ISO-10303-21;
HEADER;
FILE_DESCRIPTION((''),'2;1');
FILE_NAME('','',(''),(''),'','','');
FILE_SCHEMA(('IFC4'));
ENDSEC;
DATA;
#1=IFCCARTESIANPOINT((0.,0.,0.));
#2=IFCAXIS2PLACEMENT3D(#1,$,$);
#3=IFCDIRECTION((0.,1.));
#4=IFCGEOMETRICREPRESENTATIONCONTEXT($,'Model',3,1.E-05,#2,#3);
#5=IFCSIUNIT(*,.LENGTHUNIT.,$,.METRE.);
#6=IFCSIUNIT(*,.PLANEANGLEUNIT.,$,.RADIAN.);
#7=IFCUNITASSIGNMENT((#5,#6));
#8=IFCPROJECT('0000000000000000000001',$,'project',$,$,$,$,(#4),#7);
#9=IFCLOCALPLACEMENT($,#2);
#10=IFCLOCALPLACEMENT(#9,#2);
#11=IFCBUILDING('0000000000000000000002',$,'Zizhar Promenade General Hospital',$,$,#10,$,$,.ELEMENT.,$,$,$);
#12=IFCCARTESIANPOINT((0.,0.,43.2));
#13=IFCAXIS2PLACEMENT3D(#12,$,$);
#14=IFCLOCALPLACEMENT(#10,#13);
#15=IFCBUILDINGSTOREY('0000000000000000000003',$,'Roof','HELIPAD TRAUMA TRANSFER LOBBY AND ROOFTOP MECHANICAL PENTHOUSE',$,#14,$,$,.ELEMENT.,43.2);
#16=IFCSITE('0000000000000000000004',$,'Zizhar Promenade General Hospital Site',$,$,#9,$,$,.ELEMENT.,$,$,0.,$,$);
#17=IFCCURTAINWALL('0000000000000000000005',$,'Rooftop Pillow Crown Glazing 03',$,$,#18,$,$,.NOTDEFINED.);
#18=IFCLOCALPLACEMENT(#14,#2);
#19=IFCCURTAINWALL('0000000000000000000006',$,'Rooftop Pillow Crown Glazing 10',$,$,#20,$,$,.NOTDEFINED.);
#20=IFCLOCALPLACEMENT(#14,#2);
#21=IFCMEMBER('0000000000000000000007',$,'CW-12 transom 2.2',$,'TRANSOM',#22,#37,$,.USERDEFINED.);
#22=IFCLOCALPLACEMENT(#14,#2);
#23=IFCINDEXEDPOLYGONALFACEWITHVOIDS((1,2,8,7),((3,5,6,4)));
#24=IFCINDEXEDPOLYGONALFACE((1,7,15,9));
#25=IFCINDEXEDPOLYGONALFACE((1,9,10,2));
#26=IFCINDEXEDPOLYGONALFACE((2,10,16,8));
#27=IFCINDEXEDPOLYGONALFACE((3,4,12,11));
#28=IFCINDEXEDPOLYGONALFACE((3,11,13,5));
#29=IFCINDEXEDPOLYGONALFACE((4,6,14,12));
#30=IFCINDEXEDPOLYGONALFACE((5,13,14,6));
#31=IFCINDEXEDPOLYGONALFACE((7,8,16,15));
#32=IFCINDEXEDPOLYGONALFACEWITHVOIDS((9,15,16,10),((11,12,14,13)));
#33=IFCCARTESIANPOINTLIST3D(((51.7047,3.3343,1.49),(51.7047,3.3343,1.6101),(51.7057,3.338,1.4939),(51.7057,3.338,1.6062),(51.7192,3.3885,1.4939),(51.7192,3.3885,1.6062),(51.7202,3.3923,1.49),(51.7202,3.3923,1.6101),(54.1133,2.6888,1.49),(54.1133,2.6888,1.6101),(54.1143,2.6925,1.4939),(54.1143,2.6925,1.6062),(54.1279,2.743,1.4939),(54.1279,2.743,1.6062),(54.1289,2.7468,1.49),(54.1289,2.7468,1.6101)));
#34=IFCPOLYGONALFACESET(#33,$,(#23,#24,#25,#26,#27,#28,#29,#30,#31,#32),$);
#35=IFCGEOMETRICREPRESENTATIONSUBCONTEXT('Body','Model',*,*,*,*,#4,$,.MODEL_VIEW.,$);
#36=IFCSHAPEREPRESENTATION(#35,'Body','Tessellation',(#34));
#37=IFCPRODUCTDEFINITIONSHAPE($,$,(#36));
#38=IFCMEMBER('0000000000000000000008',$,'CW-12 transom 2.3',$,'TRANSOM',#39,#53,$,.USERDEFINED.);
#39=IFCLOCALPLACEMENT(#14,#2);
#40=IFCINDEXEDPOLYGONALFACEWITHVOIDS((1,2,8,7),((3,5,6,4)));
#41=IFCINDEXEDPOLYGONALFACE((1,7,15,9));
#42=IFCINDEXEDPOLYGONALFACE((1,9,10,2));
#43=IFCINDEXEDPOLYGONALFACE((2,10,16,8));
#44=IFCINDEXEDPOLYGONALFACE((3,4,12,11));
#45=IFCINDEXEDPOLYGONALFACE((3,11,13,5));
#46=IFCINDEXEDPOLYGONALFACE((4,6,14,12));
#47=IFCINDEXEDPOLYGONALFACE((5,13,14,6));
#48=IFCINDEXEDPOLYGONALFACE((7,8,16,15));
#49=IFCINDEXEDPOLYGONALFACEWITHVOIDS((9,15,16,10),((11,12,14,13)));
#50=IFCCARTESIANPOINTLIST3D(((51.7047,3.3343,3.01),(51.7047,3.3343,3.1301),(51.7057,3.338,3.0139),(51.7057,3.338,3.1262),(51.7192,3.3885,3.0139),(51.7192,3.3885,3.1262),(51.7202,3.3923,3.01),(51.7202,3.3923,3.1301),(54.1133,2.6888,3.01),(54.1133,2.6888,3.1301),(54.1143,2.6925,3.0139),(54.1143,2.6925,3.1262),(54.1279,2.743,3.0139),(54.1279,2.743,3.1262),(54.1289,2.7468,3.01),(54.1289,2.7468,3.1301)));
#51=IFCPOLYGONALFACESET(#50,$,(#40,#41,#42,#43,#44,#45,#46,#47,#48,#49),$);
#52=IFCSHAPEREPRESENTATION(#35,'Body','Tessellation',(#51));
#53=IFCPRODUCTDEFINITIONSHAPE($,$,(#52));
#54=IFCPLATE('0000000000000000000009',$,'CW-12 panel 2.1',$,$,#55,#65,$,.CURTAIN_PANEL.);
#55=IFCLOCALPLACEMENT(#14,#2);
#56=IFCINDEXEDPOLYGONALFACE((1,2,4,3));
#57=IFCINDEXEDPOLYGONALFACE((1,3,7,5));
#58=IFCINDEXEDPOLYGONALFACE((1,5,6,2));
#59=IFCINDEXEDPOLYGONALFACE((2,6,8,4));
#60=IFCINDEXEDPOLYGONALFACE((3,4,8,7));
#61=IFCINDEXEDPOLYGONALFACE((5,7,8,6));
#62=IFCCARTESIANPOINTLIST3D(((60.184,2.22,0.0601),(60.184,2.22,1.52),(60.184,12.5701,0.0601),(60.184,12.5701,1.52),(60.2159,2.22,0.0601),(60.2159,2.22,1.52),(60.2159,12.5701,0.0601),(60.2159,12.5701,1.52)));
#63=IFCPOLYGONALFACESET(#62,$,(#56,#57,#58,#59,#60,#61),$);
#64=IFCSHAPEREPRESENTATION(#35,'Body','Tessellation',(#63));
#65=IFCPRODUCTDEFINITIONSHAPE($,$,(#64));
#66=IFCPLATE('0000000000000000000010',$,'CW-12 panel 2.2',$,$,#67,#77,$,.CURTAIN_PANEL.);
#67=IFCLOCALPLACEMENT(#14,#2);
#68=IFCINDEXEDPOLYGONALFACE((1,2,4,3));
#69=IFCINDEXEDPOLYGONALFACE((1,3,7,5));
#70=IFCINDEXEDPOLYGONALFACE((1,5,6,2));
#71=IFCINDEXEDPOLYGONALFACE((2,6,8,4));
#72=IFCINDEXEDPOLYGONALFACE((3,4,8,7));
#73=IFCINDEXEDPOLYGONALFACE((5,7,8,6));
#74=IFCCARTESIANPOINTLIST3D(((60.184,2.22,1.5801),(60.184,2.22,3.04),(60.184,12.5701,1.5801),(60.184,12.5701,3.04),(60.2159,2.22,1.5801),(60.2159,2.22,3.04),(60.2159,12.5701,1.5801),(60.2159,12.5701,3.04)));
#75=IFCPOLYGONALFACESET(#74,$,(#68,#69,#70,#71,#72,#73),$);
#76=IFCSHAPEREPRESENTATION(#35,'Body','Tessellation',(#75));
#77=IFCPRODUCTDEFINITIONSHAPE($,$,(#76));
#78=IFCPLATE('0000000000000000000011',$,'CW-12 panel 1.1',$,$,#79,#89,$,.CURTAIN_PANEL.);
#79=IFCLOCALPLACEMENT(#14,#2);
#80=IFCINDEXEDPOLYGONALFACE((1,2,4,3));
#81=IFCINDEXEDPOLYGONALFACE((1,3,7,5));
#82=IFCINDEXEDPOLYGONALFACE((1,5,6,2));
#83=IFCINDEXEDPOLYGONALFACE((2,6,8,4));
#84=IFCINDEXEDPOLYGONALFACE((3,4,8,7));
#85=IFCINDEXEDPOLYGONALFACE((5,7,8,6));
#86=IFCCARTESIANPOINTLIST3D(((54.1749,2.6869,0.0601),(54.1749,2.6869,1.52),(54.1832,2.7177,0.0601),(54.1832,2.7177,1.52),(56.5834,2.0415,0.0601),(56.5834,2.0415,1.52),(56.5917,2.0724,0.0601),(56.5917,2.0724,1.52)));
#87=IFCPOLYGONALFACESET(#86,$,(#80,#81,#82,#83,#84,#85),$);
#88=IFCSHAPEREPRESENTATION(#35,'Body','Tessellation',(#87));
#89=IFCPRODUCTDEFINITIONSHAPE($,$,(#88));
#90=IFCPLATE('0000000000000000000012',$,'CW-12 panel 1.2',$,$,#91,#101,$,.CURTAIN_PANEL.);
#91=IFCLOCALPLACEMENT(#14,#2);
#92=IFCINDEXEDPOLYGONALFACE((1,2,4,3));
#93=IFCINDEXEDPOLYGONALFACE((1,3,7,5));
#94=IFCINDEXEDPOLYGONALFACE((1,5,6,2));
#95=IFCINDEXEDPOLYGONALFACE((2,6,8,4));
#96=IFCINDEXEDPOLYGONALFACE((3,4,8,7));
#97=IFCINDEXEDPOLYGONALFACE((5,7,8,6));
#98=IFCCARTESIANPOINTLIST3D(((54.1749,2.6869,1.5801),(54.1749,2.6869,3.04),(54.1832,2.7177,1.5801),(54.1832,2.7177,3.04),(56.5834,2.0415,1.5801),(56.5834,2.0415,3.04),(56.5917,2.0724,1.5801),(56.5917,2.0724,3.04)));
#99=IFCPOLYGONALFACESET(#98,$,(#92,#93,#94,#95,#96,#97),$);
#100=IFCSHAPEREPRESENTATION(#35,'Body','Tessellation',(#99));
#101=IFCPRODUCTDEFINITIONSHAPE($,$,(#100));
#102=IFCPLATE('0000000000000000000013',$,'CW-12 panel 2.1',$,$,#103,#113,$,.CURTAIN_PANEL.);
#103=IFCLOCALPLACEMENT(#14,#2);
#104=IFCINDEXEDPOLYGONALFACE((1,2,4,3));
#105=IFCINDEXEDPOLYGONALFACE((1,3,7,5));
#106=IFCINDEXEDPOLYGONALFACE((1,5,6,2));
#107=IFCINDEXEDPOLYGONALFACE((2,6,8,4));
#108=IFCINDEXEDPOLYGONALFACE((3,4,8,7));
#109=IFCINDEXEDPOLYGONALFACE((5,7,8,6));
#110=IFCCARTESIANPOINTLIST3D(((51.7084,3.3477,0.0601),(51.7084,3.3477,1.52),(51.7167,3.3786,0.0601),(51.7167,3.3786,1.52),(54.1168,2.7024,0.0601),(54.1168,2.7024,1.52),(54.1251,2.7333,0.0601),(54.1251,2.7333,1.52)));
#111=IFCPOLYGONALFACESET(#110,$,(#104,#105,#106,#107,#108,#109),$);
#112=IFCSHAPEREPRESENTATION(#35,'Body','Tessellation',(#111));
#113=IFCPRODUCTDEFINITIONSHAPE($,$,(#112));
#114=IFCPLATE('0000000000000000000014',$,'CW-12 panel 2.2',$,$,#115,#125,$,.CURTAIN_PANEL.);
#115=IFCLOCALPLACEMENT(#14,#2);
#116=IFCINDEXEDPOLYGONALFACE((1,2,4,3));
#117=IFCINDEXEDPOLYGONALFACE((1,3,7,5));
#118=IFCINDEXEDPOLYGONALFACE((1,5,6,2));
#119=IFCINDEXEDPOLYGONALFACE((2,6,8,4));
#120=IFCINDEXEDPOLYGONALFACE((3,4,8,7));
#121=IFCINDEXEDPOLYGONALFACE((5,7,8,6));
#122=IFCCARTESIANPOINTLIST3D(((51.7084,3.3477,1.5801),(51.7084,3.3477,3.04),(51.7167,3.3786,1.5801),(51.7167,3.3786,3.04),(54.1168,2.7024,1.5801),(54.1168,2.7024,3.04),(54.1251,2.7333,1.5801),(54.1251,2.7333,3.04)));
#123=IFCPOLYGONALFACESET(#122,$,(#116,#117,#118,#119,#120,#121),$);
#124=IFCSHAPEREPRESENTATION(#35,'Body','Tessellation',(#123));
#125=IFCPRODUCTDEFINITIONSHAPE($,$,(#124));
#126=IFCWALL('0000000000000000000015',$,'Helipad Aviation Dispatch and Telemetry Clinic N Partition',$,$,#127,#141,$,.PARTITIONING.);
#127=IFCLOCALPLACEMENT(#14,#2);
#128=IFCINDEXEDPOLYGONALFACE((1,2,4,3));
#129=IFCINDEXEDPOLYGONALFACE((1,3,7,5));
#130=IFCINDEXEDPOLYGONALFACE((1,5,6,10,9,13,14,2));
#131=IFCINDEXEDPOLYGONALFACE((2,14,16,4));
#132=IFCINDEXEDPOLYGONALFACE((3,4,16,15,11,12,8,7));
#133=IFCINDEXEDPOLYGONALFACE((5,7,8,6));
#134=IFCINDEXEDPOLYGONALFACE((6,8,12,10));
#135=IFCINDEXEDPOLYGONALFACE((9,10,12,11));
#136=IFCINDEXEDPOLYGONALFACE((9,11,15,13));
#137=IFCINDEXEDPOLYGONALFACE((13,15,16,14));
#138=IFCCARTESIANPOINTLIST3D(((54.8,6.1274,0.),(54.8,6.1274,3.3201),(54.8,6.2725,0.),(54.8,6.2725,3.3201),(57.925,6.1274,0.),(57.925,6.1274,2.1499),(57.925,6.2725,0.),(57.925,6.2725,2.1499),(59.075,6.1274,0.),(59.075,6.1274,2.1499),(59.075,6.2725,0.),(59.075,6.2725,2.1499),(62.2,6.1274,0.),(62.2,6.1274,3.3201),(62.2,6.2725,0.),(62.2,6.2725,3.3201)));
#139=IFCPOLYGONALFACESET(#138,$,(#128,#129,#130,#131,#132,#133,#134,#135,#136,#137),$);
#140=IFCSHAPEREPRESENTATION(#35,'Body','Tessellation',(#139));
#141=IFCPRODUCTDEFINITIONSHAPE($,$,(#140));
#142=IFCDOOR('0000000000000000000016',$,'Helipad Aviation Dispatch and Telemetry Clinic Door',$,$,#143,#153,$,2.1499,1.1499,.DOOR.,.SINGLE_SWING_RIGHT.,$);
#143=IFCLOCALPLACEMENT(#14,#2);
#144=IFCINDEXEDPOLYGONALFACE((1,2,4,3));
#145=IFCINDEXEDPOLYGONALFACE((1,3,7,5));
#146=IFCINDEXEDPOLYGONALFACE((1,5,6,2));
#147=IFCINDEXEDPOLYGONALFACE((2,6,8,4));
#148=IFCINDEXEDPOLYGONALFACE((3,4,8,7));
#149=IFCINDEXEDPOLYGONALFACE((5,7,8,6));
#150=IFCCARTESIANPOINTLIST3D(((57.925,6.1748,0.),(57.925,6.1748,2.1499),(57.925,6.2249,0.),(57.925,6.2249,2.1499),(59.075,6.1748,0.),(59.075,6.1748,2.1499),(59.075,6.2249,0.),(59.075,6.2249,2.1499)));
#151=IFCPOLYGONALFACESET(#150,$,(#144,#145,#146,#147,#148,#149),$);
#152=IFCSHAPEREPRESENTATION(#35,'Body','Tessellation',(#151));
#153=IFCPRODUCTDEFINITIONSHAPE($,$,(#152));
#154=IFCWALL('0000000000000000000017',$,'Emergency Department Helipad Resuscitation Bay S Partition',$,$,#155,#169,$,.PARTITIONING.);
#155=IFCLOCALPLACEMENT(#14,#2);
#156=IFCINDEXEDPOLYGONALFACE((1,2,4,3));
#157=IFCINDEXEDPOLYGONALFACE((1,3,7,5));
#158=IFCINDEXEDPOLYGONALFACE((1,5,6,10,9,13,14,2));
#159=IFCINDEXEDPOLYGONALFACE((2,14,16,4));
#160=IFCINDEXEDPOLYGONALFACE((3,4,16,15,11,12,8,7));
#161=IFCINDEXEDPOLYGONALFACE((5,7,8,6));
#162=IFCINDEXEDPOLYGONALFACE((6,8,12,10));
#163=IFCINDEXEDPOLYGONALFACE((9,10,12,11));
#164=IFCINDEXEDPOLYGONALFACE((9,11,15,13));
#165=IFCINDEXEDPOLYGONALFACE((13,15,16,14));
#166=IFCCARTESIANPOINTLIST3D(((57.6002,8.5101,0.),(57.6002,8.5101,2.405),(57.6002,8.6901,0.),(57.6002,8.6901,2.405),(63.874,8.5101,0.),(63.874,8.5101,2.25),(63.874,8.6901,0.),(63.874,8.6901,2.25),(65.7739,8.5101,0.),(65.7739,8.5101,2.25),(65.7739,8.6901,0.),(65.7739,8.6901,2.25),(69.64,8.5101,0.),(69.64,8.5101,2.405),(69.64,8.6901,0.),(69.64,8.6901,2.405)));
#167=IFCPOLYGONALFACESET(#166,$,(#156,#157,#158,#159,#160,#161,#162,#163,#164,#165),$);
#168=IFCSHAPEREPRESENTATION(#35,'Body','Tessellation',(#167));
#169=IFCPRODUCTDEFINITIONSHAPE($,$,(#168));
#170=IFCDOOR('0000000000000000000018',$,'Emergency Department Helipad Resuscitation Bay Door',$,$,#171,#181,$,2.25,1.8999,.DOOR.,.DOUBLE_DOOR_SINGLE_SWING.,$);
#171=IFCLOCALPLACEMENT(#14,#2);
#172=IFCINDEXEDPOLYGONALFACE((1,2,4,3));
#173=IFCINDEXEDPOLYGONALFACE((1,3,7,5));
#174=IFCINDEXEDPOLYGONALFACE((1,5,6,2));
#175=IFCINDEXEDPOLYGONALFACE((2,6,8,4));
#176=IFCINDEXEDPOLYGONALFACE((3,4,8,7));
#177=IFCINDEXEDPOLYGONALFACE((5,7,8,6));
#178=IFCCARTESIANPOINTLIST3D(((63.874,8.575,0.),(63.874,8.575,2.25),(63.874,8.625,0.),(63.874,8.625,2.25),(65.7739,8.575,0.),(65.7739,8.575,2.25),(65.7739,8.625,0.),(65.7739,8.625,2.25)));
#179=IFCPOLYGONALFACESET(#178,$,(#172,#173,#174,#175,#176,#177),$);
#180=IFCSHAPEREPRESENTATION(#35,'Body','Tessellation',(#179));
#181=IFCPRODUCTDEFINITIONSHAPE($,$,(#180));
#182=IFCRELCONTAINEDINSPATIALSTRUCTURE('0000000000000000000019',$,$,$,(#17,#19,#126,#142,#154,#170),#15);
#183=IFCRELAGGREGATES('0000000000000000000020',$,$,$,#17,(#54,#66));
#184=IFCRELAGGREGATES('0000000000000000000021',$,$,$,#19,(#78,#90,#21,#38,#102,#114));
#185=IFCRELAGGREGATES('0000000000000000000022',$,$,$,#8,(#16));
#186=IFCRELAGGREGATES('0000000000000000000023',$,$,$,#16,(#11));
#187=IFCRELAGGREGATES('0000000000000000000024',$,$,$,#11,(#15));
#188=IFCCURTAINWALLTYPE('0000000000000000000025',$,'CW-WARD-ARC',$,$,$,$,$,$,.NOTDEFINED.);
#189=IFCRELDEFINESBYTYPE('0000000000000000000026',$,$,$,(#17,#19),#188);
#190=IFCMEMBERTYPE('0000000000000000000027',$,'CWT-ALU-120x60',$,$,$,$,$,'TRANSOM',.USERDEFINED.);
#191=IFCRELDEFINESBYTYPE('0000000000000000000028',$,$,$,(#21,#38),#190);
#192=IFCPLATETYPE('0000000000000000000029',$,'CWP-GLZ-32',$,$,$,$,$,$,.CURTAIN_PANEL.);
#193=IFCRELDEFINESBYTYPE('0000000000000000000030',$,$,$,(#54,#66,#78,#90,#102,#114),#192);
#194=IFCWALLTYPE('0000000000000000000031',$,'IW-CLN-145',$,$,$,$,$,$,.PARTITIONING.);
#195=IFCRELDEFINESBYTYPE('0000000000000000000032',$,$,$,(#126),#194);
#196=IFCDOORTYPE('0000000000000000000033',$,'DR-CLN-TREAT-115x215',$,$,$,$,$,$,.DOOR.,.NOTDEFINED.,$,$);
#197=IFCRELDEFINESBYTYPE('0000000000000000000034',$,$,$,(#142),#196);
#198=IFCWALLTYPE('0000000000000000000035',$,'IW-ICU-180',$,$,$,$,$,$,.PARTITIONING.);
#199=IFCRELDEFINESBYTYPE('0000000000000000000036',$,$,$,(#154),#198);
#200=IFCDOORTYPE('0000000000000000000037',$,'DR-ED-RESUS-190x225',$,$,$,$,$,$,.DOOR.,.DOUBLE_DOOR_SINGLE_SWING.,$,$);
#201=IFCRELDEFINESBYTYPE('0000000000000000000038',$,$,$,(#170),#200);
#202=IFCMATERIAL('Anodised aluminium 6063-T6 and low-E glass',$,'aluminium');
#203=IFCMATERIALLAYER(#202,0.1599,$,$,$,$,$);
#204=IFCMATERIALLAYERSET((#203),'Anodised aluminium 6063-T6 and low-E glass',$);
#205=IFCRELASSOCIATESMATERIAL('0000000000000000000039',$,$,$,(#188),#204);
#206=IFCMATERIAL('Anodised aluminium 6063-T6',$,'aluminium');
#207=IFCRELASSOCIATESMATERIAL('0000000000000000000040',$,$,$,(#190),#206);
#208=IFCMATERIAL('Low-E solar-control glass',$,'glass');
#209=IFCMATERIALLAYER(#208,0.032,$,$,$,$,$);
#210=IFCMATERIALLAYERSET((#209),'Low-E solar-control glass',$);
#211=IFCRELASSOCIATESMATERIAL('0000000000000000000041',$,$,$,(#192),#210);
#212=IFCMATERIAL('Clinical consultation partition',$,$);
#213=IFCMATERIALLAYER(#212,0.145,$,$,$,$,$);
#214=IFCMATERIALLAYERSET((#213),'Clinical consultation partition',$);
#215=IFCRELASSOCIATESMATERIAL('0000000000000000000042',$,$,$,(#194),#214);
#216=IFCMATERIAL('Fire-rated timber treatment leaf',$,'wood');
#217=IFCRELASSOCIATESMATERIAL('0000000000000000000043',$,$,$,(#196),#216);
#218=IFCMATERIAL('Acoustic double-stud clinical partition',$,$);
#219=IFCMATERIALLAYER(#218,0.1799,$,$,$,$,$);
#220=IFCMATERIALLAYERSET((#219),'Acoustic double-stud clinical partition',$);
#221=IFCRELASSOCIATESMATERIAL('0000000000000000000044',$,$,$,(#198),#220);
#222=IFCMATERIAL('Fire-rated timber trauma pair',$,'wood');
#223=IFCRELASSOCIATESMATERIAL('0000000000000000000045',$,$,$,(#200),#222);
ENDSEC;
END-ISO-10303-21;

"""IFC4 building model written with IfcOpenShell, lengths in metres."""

from ifc_helpers import new_model, si_unit, direction, frame, frame_2d, origin, origin_2d, place, context, subcontext, project, spatial, rectangle, hollow_rectangle, extrude, material, layer, layer_set, material_profile, profile_set, type_object, element, fill, aggregate, save


model = new_model("IFC4")

# Units and contexts
model_context = context("Model", 3, precision=1e-05, world=origin(), true_north=direction((0.0, 1.0)))
body_context = subcontext(model_context, "Body", "Model", "MODEL_VIEW")
ifc_project = project(units=[si_unit("LENGTHUNIT", "METRE"), si_unit("PLANEANGLEUNIT", "RADIAN")], contexts=[model_context])

# Site, building, storey
site_placement = place(None, origin())
site = spatial("IfcSite", under=ifc_project, at=site_placement, Name="Zizhar Promenade General Hospital Site", CompositionType="ELEMENT", RefElevation=0.0)
building_placement = place(site_placement, origin())
building = spatial("IfcBuilding", under=site, at=building_placement, Name="Zizhar Promenade General Hospital", CompositionType="ELEMENT")
storey_placement = place(building_placement, frame((0.0, 0.0, 43.2)))
storey = spatial("IfcBuildingStorey", under=building, at=storey_placement, Name="Roof", Description="HELIPAD TRAUMA TRANSFER LOBBY AND ROOFTOP MECHANICAL PENTHOUSE", CompositionType="ELEMENT", Elevation=43.2)

# Shared definitions
ifc_material_1 = material(Name="Anodised aluminium 6063-T6 and low-E glass", Category="aluminium")
ifc_layer_1 = layer(ifc_material_1, 0.1599)
ifc_layer_set_1 = layer_set([ifc_layer_1], Name="Anodised aluminium 6063-T6 and low-E glass")
curtain_wall_type = type_object("IfcCurtainWallType", Name="CW-WARD-ARC", PredefinedType="NOTDEFINED", material=ifc_layer_set_1)

# Curtain walls
curtain_wall_1_placement = place(storey_placement, origin())
curtain_wall_1 = element("IfcCurtainWall", 1, at=curtain_wall_1_placement, inside=storey, type_object=curtain_wall_type, Name="Rooftop Pillow Crown Glazing 03", PredefinedType="NOTDEFINED")
curtain_wall_2_placement = place(storey_placement, origin())
curtain_wall_2 = element("IfcCurtainWall", 2, at=curtain_wall_2_placement, inside=storey, type_object=curtain_wall_type, Name="Rooftop Pillow Crown Glazing 10", PredefinedType="NOTDEFINED")

# Members
ifc_material_2 = material(Name="Anodised aluminium 6063-T6", Category="aluminium")
ifc_material_profile_1 = material_profile(ifc_material_2, hollow_rectangle(XDim=0.0601, YDim=0.1201, WallThickness=0.0039, at=origin_2d()))
ifc_profile_set_1 = profile_set([ifc_material_profile_1], Name="Anodised aluminium 6063-T6")
member_type_1 = type_object("IfcMemberType", Name="CWT-ALU-120x60", ElementType="TRANSOM", PredefinedType="USERDEFINED", material=ifc_profile_set_1)
member_1_placement = place(storey_placement, frame((54.1211, 2.7178, 1.55), z_axis=(-0.965916, 0.258857, 0.0), x_axis=(-0.258857, -0.965916, 0.0)))
member_1 = element("IfcMember", 3, at=member_1_placement, type_object=member_type_1, Name="CW-12 transom 2.2", ObjectType="TRANSOM", PredefinedType="USERDEFINED", context=body_context, shape_type="SweptSolid", body=[
    extrude(hollow_rectangle(XDim=0.0601, YDim=0.1201, WallThickness=0.0039, at=origin_2d()), origin(), (0.0, 0.0, 1.0), 2.4937),
])
member_2_placement = place(storey_placement, frame((54.1211, 2.7178, 3.0701), z_axis=(-0.965916, 0.258857, 0.0), x_axis=(-0.258857, -0.965916, 0.0)))
member_2 = element("IfcMember", 4, at=member_2_placement, type_object=member_type_1, Name="CW-12 transom 2.3", ObjectType="TRANSOM", PredefinedType="USERDEFINED", context=body_context, shape_type="SweptSolid", body=[
    extrude(hollow_rectangle(XDim=0.0601, YDim=0.1201, WallThickness=0.0039, at=origin_2d()), origin(), (0.0, 0.0, 1.0), 2.4937),
])

# Plates
ifc_material_3 = material(Name="Low-E solar-control glass", Category="glass")
ifc_layer_2 = layer(ifc_material_3, 0.032)
ifc_layer_set_2 = layer_set([ifc_layer_2], Name="Low-E solar-control glass")
plate_type = type_object("IfcPlateType", Name="CWP-GLZ-32", PredefinedType="CURTAIN_PANEL", material=ifc_layer_set_2)
plate_1_placement = place(storey_placement, frame((60.2, 7.395, 0.0601), z_axis=(0.0, 0.0, 1.0), x_axis=(0.0, -1.0, 0.0)))
plate_1 = element("IfcPlate", 5, at=plate_1_placement, type_object=plate_type, Name="CW-12 panel 2.1", PredefinedType="CURTAIN_PANEL", context=body_context, shape_type="SweptSolid", body=[
    extrude(rectangle(XDim=10.3501, YDim=0.032, at=origin_2d()), origin(), (0.0, 0.0, 1.0), 1.46),
])
plate_2_placement = place(storey_placement, frame((60.2, 7.395, 1.5801), z_axis=(0.0, 0.0, 1.0), x_axis=(0.0, -1.0, 0.0)))
plate_2 = element("IfcPlate", 6, at=plate_2_placement, type_object=plate_type, Name="CW-12 panel 2.2", PredefinedType="CURTAIN_PANEL", context=body_context, shape_type="SweptSolid", body=[
    extrude(rectangle(XDim=10.3501, YDim=0.032, at=origin_2d()), origin(), (0.0, 0.0, 1.0), 1.46),
])
aggregate(curtain_wall_1, [plate_1, plate_2])
plate_3_placement = place(storey_placement, frame((55.3833, 2.3796, 0.0601), z_axis=(0.0, 0.0, 1.0), x_axis=(-0.965927, 0.258813, 0.0)))
plate_3 = element("IfcPlate", 7, at=plate_3_placement, type_object=plate_type, Name="CW-12 panel 1.1", PredefinedType="CURTAIN_PANEL", context=body_context, shape_type="SweptSolid", body=[
    extrude(rectangle(XDim=2.4934, YDim=0.032, at=origin_2d()), origin(), (0.0, 0.0, 1.0), 1.46),
])
plate_4_placement = place(storey_placement, frame((55.3833, 2.3796, 1.5801), z_axis=(0.0, 0.0, 1.0), x_axis=(-0.965927, 0.258813, 0.0)))
plate_4 = element("IfcPlate", 8, at=plate_4_placement, type_object=plate_type, Name="CW-12 panel 1.2", PredefinedType="CURTAIN_PANEL", context=body_context, shape_type="SweptSolid", body=[
    extrude(rectangle(XDim=2.4934, YDim=0.032, at=origin_2d()), origin(), (0.0, 0.0, 1.0), 1.46),
])
plate_5_placement = place(storey_placement, frame((52.9167, 3.0405, 0.0601), z_axis=(0.0, 0.0, 1.0), x_axis=(-0.965927, 0.258813, 0.0)))
plate_5 = element("IfcPlate", 9, at=plate_5_placement, type_object=plate_type, Name="CW-12 panel 2.1", PredefinedType="CURTAIN_PANEL", context=body_context, shape_type="SweptSolid", body=[
    extrude(rectangle(XDim=2.4934, YDim=0.032, at=origin_2d()), origin(), (0.0, 0.0, 1.0), 1.46),
])
plate_6_placement = place(storey_placement, frame((52.9167, 3.0405, 1.5801), z_axis=(0.0, 0.0, 1.0), x_axis=(-0.965927, 0.258813, 0.0)))
plate_6 = element("IfcPlate", 10, at=plate_6_placement, type_object=plate_type, Name="CW-12 panel 2.2", PredefinedType="CURTAIN_PANEL", context=body_context, shape_type="SweptSolid", body=[
    extrude(rectangle(XDim=2.4934, YDim=0.032, at=origin_2d()), origin(), (0.0, 0.0, 1.0), 1.46),
])
aggregate(curtain_wall_2, [plate_3, plate_4, member_1, member_2, plate_5, plate_6])

# Walls, openings, doors
ifc_material_4 = material(Name="Clinical consultation partition")
ifc_layer_3 = layer(ifc_material_4, 0.145)
ifc_layer_set_3 = layer_set([ifc_layer_3], Name="Clinical consultation partition")
wall_type_1 = type_object("IfcWallType", Name="IW-CLN-145", PredefinedType="PARTITIONING", material=ifc_layer_set_3)
wall_1_placement = place(storey_placement, frame((54.8, 6.2, 0.0), z_axis=(0.0, 0.0, 1.0), x_axis=(1.0, 0.0, 0.0)))
wall_1 = element("IfcWall", 11, at=wall_1_placement, inside=storey, type_object=wall_type_1, Name="Helipad Aviation Dispatch and Telemetry Clinic N Partition", PredefinedType="PARTITIONING", context=body_context, shape_type="SweptSolid", body=[
    extrude(rectangle(XDim=7.3999, YDim=0.145, at=frame_2d((3.7, 0.0))), origin(), (0.0, 0.0, 1.0), 3.3201),
])
opening_1_placement = place(wall_1_placement, frame((3.125, 0.0, 0.0)))
opening_1 = element("IfcOpeningElement", 12, at=opening_1_placement, cuts=wall_1, PredefinedType="OPENING", context=body_context, shape_type="SweptSolid", body=[
    extrude(rectangle(XDim=1.1499, YDim=2.1499, at=frame_2d((0.575, 1.075))), frame((0.0, 0.0825, 0.0), z_axis=(0.0, -1.0, 0.0), x_axis=(1.0, 0.0, 0.0)), (0.0, 0.0, 1.0), 0.165),
])
ifc_material_5 = material(Name="Fire-rated timber treatment leaf", Category="wood")
door_type_1 = type_object("IfcDoorType", Name="DR-CLN-TREAT-115x215", OperationType="NOTDEFINED", PredefinedType="DOOR", material=ifc_material_5)
door_1_placement = place(opening_1_placement, origin())
door_1 = element("IfcDoor", 13, at=door_1_placement, inside=storey, type_object=door_type_1, Name="Helipad Aviation Dispatch and Telemetry Clinic Door", OperationType="SINGLE_SWING_RIGHT", OverallHeight=2.1499, OverallWidth=1.1499, PredefinedType="DOOR", context=body_context, shape_type="SweptSolid", body=[
    extrude(rectangle(XDim=1.1499, YDim=2.1499, at=frame_2d((0.575, 1.075))), frame((0.0, 0.0249, 0.0), z_axis=(0.0, -1.0, 0.0), x_axis=(1.0, 0.0, 0.0)), (0.0, 0.0, 1.0), 0.05),
])
fill(opening_1, door_1)
ifc_material_6 = material(Name="Acoustic double-stud clinical partition")
ifc_layer_4 = layer(ifc_material_6, 0.1799)
ifc_layer_set_4 = layer_set([ifc_layer_4], Name="Acoustic double-stud clinical partition")
wall_type_2 = type_object("IfcWallType", Name="IW-ICU-180", PredefinedType="PARTITIONING", material=ifc_layer_set_4)
wall_2_placement = place(storey_placement, frame((57.6001, 8.6001, 0.0), z_axis=(0.0, 0.0, 1.0), x_axis=(1.0, 0.0, 0.0)))
wall_2 = element("IfcWall", 14, at=wall_2_placement, inside=storey, type_object=wall_type_2, Name="Emergency Department Helipad Resuscitation Bay S Partition", PredefinedType="PARTITIONING", context=body_context, shape_type="SweptSolid", body=[
    extrude(rectangle(XDim=12.0398, YDim=0.1799, at=frame_2d((6.02, 0.0))), origin(), (0.0, 0.0, 1.0), 2.405),
])
opening_2_placement = place(wall_2_placement, frame((6.2739, 0.0, 0.0)))
opening_2 = element("IfcOpeningElement", 15, at=opening_2_placement, cuts=wall_2, PredefinedType="OPENING", context=body_context, shape_type="SweptSolid", body=[
    extrude(rectangle(XDim=1.8999, YDim=2.25, at=frame_2d((0.95, 1.125))), frame((0.0, 0.1001, 0.0), z_axis=(0.0, -1.0, 0.0), x_axis=(1.0, 0.0, 0.0)), (0.0, 0.0, 1.0), 0.2),
])
ifc_material_7 = material(Name="Fire-rated timber trauma pair", Category="wood")
door_type_2 = type_object("IfcDoorType", Name="DR-ED-RESUS-190x225", OperationType="DOUBLE_DOOR_SINGLE_SWING", PredefinedType="DOOR", material=ifc_material_7)
door_2_placement = place(opening_2_placement, origin())
door_2 = element("IfcDoor", 16, at=door_2_placement, inside=storey, type_object=door_type_2, Name="Emergency Department Helipad Resuscitation Bay Door", OperationType="DOUBLE_DOOR_SINGLE_SWING", OverallHeight=2.25, OverallWidth=1.8999, PredefinedType="DOOR", context=body_context, shape_type="SweptSolid", body=[
    extrude(rectangle(XDim=1.8999, YDim=2.25, at=frame_2d((0.95, 1.125))), frame((0.0, 0.0249, 0.0), z_axis=(0.0, -1.0, 0.0), x_axis=(1.0, 0.0, 0.0)), (0.0, 0.0, 1.0), 0.05),
])
fill(opening_2, door_2)

save(model, "model.ifc")
